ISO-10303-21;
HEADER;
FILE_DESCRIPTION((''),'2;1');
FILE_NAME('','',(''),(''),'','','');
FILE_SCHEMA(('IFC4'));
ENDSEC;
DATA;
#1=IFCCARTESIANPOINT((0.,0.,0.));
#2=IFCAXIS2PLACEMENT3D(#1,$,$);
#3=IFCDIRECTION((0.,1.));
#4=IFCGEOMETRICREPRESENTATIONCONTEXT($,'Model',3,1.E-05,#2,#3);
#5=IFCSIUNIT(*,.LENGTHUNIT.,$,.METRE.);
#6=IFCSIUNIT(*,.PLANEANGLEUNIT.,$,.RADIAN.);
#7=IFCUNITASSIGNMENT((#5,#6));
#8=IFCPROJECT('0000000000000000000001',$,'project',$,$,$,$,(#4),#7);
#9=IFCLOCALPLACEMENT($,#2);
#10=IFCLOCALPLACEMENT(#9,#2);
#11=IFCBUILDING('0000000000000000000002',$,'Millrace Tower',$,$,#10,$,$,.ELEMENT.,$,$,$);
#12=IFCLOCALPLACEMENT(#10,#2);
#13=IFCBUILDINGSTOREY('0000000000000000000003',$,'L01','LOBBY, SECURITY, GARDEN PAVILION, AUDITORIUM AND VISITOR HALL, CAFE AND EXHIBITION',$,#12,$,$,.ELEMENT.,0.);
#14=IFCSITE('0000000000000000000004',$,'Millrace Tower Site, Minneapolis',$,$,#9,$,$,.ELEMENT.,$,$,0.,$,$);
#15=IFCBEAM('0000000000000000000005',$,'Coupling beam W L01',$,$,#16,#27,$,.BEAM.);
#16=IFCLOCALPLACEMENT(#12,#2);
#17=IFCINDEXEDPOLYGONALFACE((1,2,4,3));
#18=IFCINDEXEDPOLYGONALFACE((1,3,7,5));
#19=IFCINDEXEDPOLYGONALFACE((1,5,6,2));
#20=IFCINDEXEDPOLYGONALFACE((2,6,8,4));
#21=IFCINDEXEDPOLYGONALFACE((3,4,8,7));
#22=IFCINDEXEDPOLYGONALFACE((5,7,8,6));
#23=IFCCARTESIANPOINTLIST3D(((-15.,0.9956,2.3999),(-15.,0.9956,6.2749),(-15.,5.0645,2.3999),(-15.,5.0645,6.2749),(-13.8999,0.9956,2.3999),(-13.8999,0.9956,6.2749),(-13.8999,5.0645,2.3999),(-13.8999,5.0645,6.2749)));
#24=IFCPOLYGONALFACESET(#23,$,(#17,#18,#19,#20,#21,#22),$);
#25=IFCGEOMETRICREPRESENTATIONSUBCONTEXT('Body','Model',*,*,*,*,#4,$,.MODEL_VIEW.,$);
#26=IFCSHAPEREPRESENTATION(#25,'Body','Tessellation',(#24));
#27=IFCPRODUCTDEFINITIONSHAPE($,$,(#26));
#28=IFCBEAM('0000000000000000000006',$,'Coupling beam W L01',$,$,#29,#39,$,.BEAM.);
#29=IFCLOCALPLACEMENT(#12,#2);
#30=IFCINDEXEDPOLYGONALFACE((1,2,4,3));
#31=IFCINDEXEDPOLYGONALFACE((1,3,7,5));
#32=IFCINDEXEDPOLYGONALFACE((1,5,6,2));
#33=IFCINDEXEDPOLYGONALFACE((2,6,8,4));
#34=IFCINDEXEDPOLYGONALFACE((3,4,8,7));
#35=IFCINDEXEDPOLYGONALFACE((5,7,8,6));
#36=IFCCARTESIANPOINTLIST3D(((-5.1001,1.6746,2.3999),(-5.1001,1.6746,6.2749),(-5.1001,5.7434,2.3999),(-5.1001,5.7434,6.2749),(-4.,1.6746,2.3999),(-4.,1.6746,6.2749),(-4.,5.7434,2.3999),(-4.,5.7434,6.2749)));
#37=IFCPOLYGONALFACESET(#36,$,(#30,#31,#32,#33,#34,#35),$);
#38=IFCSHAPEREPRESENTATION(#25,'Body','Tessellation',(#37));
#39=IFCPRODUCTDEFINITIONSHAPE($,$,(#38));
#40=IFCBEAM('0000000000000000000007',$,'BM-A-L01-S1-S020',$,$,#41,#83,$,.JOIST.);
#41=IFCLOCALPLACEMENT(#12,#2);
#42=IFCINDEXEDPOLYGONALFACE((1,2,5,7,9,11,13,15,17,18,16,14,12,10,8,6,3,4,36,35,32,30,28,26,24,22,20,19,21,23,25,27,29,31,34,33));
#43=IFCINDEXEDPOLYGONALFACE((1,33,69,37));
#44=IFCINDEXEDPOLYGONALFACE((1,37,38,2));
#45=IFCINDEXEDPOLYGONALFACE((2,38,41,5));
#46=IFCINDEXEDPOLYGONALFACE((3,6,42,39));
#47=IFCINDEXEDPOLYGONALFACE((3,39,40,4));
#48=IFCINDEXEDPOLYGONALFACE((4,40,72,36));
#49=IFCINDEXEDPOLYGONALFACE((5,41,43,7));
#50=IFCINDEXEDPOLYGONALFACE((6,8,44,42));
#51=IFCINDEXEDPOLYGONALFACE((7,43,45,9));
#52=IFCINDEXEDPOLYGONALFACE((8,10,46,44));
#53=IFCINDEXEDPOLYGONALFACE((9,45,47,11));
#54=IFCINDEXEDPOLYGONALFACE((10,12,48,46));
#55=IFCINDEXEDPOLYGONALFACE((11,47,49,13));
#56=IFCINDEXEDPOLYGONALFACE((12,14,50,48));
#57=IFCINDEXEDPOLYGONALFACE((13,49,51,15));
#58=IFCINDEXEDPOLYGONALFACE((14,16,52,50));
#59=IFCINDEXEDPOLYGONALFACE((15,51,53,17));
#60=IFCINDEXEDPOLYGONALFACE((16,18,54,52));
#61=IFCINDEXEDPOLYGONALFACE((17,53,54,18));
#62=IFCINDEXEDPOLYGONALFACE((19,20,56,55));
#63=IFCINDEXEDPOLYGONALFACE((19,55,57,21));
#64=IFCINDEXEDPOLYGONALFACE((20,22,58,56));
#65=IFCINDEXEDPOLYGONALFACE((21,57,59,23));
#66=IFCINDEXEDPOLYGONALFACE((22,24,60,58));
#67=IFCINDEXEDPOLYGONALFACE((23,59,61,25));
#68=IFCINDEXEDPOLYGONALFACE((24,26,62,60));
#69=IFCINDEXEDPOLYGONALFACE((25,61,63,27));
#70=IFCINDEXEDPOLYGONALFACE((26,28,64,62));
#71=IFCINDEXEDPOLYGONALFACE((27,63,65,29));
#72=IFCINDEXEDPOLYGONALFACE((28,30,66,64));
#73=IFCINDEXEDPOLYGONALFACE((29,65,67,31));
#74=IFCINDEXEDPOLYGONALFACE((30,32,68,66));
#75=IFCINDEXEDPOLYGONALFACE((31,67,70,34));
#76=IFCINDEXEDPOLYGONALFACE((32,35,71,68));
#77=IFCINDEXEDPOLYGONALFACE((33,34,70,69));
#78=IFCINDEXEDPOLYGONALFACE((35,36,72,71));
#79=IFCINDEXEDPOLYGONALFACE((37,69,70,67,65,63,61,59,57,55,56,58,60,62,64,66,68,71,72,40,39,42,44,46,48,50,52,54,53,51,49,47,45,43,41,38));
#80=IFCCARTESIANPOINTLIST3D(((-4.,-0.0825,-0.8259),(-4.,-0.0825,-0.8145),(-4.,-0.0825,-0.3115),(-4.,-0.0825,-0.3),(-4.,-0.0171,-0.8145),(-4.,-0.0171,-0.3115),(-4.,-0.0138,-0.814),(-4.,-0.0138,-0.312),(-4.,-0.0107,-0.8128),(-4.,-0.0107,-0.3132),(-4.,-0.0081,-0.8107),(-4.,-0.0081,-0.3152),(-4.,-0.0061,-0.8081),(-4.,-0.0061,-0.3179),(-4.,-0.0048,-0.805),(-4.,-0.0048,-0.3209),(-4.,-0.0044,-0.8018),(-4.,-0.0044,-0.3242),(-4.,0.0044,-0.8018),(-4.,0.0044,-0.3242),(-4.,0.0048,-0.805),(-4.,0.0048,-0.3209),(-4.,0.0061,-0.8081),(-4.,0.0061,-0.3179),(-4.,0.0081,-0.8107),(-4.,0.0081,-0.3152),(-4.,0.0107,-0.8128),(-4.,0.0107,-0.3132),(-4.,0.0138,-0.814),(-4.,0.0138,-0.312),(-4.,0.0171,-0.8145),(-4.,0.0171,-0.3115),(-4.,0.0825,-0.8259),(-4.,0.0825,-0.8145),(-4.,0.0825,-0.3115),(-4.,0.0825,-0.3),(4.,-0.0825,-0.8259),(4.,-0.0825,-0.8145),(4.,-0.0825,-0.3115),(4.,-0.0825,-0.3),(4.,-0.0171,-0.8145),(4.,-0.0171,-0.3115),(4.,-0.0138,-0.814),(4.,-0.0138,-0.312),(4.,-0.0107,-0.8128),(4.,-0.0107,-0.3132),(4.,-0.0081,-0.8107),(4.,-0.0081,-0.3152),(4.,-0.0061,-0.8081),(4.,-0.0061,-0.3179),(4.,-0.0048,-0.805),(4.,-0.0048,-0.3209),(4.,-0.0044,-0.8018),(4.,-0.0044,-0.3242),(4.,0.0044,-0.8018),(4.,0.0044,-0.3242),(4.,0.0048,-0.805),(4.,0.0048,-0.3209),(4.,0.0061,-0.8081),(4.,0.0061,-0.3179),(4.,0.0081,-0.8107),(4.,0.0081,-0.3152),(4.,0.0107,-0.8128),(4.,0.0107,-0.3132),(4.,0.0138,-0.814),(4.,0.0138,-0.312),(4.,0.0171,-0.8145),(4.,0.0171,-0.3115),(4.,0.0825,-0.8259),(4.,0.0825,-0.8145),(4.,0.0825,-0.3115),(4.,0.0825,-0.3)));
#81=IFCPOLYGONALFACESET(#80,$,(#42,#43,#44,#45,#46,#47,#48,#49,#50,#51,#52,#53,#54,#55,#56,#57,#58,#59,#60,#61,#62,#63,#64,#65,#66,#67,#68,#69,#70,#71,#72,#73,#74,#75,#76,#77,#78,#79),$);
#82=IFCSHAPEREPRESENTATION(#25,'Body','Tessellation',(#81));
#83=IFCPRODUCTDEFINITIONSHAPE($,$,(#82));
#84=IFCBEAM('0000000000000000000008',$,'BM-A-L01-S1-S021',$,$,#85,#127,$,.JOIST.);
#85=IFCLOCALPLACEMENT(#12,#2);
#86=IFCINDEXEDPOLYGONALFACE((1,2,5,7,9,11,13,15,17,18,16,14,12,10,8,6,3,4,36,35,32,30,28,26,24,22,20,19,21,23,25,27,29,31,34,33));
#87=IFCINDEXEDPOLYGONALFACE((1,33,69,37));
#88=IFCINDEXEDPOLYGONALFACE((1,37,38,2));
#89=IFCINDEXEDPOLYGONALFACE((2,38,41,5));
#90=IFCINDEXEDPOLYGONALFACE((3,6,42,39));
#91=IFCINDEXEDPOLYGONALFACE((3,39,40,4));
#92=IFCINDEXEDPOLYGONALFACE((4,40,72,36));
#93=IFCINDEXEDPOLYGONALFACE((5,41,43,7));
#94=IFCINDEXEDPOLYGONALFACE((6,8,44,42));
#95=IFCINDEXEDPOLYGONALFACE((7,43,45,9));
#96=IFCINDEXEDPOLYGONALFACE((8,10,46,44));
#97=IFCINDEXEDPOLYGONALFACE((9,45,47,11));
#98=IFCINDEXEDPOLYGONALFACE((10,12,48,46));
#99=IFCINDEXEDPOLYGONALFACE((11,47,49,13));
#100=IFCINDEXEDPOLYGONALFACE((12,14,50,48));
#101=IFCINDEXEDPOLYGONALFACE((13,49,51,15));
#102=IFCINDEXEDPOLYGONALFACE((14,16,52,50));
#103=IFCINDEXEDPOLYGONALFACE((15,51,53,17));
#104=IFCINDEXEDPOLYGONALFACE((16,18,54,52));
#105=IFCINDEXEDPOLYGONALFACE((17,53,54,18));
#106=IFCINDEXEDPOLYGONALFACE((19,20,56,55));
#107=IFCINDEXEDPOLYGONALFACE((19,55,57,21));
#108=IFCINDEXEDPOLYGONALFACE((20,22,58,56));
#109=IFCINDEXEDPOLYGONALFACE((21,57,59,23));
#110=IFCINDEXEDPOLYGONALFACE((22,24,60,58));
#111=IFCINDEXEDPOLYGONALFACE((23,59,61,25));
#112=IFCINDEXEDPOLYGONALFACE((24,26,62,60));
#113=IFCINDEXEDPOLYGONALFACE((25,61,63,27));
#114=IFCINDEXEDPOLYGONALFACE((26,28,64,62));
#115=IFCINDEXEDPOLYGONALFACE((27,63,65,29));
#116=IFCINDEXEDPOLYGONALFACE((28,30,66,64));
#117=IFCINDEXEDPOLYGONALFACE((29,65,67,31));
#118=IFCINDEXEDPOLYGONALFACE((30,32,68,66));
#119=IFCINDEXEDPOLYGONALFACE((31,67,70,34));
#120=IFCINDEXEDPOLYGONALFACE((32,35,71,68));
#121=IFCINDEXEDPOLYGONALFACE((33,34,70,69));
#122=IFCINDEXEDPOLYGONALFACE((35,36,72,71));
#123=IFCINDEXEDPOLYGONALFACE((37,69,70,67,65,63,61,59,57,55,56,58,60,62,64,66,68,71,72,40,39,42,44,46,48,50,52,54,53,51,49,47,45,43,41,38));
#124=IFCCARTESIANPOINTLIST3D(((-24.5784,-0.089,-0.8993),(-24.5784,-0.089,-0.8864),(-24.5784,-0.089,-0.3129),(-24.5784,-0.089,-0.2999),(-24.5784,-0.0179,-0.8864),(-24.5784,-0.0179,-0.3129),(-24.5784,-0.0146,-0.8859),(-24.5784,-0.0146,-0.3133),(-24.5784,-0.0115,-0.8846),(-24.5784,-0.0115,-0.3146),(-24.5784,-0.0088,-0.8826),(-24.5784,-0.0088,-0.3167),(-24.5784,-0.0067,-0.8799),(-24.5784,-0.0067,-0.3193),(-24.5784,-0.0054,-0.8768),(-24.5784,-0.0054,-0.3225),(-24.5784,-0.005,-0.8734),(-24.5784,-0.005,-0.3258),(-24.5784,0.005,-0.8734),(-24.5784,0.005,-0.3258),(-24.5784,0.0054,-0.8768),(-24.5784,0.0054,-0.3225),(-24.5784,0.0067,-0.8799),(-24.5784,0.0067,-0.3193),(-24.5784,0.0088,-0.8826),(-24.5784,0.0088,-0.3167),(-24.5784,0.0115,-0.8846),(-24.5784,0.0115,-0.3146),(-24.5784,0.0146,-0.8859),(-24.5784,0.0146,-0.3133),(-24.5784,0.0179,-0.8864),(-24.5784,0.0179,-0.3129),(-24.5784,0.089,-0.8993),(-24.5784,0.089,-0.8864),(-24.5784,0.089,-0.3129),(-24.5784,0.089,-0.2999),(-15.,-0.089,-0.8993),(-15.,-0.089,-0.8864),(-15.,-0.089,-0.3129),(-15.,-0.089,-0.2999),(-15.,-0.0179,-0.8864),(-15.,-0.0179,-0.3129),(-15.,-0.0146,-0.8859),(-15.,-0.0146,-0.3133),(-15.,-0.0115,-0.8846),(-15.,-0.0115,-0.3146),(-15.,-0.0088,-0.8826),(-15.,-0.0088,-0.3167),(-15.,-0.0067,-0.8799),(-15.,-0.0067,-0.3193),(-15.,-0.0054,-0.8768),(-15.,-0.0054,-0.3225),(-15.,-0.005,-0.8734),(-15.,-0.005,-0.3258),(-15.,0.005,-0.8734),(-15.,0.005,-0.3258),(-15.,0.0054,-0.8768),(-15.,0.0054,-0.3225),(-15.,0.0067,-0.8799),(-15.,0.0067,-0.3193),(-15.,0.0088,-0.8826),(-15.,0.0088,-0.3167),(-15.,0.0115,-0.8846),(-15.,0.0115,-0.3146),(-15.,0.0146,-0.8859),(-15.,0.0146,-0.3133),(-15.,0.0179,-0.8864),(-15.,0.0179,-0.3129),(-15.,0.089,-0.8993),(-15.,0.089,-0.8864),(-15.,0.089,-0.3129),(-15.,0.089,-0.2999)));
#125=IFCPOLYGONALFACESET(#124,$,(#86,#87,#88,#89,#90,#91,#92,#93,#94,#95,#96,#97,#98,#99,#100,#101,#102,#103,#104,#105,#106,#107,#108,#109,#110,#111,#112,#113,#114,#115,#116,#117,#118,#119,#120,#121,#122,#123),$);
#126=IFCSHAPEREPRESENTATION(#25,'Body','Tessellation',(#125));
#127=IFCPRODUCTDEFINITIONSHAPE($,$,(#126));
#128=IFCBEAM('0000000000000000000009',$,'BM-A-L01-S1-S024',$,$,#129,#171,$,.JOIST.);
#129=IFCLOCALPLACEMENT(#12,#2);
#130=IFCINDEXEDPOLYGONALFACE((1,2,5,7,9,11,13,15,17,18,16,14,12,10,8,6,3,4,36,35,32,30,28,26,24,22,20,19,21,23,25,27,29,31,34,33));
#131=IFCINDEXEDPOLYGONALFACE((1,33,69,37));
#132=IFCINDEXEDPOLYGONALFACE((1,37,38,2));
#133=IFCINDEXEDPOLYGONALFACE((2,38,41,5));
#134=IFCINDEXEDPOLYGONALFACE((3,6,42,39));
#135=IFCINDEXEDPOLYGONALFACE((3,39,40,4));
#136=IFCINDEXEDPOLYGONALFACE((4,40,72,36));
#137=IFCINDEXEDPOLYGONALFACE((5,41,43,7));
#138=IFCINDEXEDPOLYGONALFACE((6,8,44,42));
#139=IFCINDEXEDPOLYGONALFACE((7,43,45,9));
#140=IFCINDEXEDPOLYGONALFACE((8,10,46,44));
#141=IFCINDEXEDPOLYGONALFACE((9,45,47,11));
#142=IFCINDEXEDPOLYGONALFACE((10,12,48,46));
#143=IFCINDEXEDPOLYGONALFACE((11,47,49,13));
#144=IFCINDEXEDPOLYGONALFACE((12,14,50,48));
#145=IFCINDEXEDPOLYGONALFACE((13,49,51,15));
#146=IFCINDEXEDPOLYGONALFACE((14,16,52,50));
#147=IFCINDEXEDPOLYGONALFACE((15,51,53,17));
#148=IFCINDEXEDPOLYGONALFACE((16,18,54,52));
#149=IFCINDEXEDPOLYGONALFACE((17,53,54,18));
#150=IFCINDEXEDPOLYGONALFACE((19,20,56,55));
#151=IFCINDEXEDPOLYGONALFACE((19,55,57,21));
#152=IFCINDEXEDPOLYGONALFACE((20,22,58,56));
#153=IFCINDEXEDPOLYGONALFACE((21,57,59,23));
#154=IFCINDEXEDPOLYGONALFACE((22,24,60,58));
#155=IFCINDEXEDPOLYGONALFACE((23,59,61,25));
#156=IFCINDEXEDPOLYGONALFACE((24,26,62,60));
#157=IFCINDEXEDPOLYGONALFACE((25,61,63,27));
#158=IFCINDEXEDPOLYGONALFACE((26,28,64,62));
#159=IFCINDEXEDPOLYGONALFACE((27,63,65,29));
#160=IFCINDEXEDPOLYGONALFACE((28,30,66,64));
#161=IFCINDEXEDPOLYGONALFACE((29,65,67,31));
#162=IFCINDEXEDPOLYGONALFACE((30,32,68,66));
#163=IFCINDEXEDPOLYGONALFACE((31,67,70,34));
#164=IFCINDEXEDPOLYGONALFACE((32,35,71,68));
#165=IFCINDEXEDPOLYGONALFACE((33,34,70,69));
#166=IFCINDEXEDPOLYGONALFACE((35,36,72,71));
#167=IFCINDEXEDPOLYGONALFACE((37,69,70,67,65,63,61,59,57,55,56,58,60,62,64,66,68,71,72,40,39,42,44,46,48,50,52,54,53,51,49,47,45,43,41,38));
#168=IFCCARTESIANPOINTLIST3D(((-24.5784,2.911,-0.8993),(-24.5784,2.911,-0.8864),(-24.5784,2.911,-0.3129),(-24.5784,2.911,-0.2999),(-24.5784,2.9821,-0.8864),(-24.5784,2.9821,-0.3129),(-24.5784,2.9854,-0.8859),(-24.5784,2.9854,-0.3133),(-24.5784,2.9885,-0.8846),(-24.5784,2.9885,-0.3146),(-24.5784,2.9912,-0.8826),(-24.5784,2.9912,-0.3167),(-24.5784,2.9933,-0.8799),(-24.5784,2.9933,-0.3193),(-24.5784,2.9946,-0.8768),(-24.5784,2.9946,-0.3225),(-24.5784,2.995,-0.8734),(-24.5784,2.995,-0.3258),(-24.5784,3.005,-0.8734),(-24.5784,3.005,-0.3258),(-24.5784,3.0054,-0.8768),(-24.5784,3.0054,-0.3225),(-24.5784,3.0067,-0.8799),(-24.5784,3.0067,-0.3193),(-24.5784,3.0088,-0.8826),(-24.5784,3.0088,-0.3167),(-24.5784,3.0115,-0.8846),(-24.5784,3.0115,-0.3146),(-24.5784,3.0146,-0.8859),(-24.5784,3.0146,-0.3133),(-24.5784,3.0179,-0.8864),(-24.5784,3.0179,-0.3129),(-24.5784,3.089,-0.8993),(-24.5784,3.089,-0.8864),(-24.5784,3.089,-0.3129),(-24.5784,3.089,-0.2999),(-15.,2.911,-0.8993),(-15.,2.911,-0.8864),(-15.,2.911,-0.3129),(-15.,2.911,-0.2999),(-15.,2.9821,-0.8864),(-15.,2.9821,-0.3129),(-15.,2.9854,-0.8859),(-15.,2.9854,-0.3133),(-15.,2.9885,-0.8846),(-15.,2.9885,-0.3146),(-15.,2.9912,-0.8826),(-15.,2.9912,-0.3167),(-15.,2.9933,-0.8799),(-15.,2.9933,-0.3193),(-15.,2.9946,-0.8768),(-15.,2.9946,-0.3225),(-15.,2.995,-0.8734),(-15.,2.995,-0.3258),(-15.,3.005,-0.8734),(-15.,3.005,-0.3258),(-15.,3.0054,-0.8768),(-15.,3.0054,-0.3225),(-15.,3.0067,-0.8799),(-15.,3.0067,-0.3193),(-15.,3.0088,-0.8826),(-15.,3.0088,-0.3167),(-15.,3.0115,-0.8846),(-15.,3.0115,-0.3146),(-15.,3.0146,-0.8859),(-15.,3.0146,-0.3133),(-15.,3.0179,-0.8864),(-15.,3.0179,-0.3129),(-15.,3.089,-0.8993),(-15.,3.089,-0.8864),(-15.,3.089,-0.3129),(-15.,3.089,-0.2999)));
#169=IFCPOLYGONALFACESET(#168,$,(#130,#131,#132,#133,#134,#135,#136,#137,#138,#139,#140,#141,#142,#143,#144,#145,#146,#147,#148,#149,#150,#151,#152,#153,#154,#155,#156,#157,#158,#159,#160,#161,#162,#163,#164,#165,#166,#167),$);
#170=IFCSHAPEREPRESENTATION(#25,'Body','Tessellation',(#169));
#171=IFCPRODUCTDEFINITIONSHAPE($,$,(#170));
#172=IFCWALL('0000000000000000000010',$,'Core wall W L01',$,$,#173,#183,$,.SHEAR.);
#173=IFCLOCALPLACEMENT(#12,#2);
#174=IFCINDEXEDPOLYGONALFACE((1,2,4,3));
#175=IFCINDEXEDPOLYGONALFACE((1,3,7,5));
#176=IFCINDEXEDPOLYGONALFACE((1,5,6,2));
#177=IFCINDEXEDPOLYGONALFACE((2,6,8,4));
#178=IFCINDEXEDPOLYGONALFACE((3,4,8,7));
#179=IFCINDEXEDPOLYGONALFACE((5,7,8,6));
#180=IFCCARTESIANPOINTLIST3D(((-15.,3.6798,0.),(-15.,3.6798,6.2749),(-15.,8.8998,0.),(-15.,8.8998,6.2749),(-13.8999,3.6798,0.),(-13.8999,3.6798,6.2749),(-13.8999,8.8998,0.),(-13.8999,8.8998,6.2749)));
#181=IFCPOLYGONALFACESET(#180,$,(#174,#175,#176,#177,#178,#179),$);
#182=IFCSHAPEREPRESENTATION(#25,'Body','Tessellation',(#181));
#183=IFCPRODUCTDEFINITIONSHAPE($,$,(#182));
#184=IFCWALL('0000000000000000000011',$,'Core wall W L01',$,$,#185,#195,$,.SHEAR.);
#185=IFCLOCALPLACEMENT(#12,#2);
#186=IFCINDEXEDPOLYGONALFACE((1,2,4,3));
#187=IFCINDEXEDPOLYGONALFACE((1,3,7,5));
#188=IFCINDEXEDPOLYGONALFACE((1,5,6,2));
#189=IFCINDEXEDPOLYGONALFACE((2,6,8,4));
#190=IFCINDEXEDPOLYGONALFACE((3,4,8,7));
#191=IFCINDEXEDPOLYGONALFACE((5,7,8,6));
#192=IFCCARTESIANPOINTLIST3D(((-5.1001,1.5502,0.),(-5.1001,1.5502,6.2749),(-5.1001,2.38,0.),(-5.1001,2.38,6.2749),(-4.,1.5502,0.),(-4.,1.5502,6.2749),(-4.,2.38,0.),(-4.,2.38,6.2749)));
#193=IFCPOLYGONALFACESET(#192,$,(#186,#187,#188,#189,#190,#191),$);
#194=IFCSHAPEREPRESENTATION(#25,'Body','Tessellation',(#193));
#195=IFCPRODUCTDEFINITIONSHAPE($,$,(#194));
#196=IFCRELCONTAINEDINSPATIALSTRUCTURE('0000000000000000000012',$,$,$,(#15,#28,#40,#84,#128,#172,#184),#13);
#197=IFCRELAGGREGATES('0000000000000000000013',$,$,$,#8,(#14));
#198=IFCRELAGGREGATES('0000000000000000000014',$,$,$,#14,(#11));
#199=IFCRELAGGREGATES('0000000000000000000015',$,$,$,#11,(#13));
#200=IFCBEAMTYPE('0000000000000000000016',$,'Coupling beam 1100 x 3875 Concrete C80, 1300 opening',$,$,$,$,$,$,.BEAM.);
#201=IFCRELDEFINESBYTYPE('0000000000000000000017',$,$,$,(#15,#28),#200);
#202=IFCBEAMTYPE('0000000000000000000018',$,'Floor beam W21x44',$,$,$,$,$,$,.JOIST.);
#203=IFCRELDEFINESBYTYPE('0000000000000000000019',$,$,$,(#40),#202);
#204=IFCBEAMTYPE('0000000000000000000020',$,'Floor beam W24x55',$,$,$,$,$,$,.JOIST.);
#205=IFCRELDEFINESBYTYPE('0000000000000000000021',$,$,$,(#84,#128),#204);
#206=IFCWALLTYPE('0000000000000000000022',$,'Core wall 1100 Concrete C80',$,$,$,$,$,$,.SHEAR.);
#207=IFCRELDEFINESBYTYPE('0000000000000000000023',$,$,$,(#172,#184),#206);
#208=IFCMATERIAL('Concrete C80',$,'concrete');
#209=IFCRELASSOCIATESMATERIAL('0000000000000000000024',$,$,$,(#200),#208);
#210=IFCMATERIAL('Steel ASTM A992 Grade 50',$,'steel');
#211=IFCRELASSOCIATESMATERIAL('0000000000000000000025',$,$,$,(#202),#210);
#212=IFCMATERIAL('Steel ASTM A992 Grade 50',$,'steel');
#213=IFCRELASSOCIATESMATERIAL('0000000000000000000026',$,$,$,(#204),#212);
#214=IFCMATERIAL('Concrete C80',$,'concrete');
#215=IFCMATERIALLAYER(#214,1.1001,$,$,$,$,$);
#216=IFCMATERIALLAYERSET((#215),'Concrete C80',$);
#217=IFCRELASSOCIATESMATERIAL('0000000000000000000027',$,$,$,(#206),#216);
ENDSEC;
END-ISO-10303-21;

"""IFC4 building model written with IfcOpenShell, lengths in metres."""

from ifc_helpers import new_model, si_unit, direction, frame, frame_2d, origin, origin_2d, place, context, subcontext, project, spatial, rectangle, i_section, extrude, material, layer, layer_set, material_profile, profile_set, type_object, element, save


model = new_model("IFC4")

# Units and contexts
model_context = context("Model", 3, precision=1e-05, world=origin(), true_north=direction((0.0, 1.0)))
body_context = subcontext(model_context, "Body", "Model", "MODEL_VIEW")
ifc_project = project(units=[si_unit("LENGTHUNIT", "METRE"), si_unit("PLANEANGLEUNIT", "RADIAN")], contexts=[model_context])

# Site, building, storey
site_placement = place(None, origin())
site = spatial("IfcSite", under=ifc_project, at=site_placement, Name="Millrace Tower Site, Minneapolis", CompositionType="ELEMENT", RefElevation=0.0)
building_placement = place(site_placement, origin())
building = spatial("IfcBuilding", under=site, at=building_placement, Name="Millrace Tower", CompositionType="ELEMENT")
storey_placement = place(building_placement, origin())
storey = spatial("IfcBuildingStorey", under=building, at=storey_placement, Name="L01", Description="LOBBY, SECURITY, GARDEN PAVILION, AUDITORIUM AND VISITOR HALL, CAFE AND EXHIBITION", CompositionType="ELEMENT", Elevation=0.0)

# Beams
ifc_material_1 = material(Name="Concrete C80", Category="concrete")
ifc_material_profile_1 = material_profile(ifc_material_1, rectangle(XDim=1.1001, YDim=3.875, at=origin_2d()))
ifc_profile_set_1 = profile_set([ifc_material_profile_1], Name="Concrete C80")
beam_type_1 = type_object("IfcBeamType", Name="Coupling beam 1100 x 3875 Concrete C80, 1300 opening", PredefinedType="BEAM", material=ifc_profile_set_1)
for number, where, z_axis, x_axis, name in (
    (1, (-14.45, 0.9956, 4.3374), (0.0, 1.0, 0.0), (-1.0, 0.0, 0.0), "Coupling beam W L01"),
    (2, (-4.55, 1.6746, 4.3374), (0.0, 1.0, 0.0), (-1.0, 0.0, 0.0), "Coupling beam W L01"),
):
    element("IfcBeam", number, at=place(storey_placement, frame(where, z_axis=z_axis, x_axis=x_axis)), inside=storey, type_object=beam_type_1, Name=name, PredefinedType="BEAM", context=body_context, shape_type="SweptSolid", body=[
        extrude(rectangle(XDim=1.1001, YDim=3.875, at=origin_2d()), origin(), (0.0, 0.0, 1.0), 4.0688),
    ])
ifc_material_2 = material(Name="Steel ASTM A992 Grade 50", Category="steel")
ifc_material_profile_2 = material_profile(ifc_material_2, i_section(OverallWidth=0.165, OverallDepth=0.5259, WebThickness=0.0088, FlangeThickness=0.0115, FilletRadius=0.0127, at=origin_2d()))
ifc_profile_set_2 = profile_set([ifc_material_profile_2], Name="Steel ASTM A992 Grade 50")
beam_type_2 = type_object("IfcBeamType", Name="Floor beam W21x44", PredefinedType="JOIST", material=ifc_profile_set_2)
beam_placement = place(storey_placement, frame((-4.0, 0.0, -0.563), z_axis=(1.0, 0.0, 0.0), x_axis=(0.0, 1.0, 0.0)))
element("IfcBeam", 3, at=beam_placement, inside=storey, type_object=beam_type_2, Name="BM-A-L01-S1-S020", PredefinedType="JOIST", context=body_context, shape_type="SweptSolid", body=[
    extrude(i_section(OverallWidth=0.165, OverallDepth=0.5259, WebThickness=0.0088, FlangeThickness=0.0115, FilletRadius=0.0127, at=origin_2d()), origin(), (0.0, 0.0, 1.0), 8.0),
])
ifc_material_3 = material(Name="Steel ASTM A992 Grade 50", Category="steel")
ifc_material_profile_3 = material_profile(ifc_material_3, i_section(OverallWidth=0.178, OverallDepth=0.5994, WebThickness=0.01, FlangeThickness=0.0129, FilletRadius=0.0129, at=origin_2d()))
ifc_profile_set_3 = profile_set([ifc_material_profile_3], Name="Steel ASTM A992 Grade 50")
beam_type_3 = type_object("IfcBeamType", Name="Floor beam W24x55", PredefinedType="JOIST", material=ifc_profile_set_3)
for number, where, z_axis, x_axis, name in (
    (4, (-24.5784, 0.0, -0.5996), (1.0, 0.0, 0.0), (0.0, 1.0, 0.0), "BM-A-L01-S1-S021"),
    (5, (-24.5784, 3.0, -0.5996), (1.0, 0.0, 0.0), (0.0, 1.0, 0.0), "BM-A-L01-S1-S024"),
):
    element("IfcBeam", number, at=place(storey_placement, frame(where, z_axis=z_axis, x_axis=x_axis)), inside=storey, type_object=beam_type_3, Name=name, PredefinedType="JOIST", context=body_context, shape_type="SweptSolid", body=[
        extrude(i_section(OverallWidth=0.178, OverallDepth=0.5994, WebThickness=0.01, FlangeThickness=0.0129, FilletRadius=0.0129, at=origin_2d()), origin(), (0.0, 0.0, 1.0), 9.5784),
    ])

# Walls
ifc_material_4 = material(Name="Concrete C80", Category="concrete")
ifc_layer_1 = layer(ifc_material_4, 1.1001)
ifc_layer_set_1 = layer_set([ifc_layer_1], Name="Concrete C80")
wall_type_1 = type_object("IfcWallType", Name="Core wall 1100 Concrete C80", PredefinedType="SHEAR", material=ifc_layer_set_1)
wall_1_placement = place(storey_placement, frame((-14.45, 3.6799, 0.0), z_axis=(0.0, 0.0, 1.0), x_axis=(0.0, 1.0, 0.0)))
element("IfcWall", 6, at=wall_1_placement, inside=storey, type_object=wall_type_1, Name="Core wall W L01", PredefinedType="SHEAR", context=body_context, shape_type="SweptSolid", body=[
    extrude(rectangle(XDim=5.22, YDim=1.1001, at=frame_2d((2.6099, 0.0))), origin(), (0.0, 0.0, 1.0), 6.2749),
])
wall_2_placement = place(storey_placement, frame((-4.55, 1.55, 0.0), z_axis=(0.0, 0.0, 1.0), x_axis=(0.0, 1.0, 0.0)))
element("IfcWall", 7, at=wall_2_placement, inside=storey, type_object=wall_type_1, Name="Core wall W L01", PredefinedType="SHEAR", context=body_context, shape_type="SweptSolid", body=[
    extrude(rectangle(XDim=0.8298, YDim=1.1001, at=frame_2d((0.415, 0.0))), origin(), (0.0, 0.0, 1.0), 6.2749),
])

save(model, "model.ifc")
